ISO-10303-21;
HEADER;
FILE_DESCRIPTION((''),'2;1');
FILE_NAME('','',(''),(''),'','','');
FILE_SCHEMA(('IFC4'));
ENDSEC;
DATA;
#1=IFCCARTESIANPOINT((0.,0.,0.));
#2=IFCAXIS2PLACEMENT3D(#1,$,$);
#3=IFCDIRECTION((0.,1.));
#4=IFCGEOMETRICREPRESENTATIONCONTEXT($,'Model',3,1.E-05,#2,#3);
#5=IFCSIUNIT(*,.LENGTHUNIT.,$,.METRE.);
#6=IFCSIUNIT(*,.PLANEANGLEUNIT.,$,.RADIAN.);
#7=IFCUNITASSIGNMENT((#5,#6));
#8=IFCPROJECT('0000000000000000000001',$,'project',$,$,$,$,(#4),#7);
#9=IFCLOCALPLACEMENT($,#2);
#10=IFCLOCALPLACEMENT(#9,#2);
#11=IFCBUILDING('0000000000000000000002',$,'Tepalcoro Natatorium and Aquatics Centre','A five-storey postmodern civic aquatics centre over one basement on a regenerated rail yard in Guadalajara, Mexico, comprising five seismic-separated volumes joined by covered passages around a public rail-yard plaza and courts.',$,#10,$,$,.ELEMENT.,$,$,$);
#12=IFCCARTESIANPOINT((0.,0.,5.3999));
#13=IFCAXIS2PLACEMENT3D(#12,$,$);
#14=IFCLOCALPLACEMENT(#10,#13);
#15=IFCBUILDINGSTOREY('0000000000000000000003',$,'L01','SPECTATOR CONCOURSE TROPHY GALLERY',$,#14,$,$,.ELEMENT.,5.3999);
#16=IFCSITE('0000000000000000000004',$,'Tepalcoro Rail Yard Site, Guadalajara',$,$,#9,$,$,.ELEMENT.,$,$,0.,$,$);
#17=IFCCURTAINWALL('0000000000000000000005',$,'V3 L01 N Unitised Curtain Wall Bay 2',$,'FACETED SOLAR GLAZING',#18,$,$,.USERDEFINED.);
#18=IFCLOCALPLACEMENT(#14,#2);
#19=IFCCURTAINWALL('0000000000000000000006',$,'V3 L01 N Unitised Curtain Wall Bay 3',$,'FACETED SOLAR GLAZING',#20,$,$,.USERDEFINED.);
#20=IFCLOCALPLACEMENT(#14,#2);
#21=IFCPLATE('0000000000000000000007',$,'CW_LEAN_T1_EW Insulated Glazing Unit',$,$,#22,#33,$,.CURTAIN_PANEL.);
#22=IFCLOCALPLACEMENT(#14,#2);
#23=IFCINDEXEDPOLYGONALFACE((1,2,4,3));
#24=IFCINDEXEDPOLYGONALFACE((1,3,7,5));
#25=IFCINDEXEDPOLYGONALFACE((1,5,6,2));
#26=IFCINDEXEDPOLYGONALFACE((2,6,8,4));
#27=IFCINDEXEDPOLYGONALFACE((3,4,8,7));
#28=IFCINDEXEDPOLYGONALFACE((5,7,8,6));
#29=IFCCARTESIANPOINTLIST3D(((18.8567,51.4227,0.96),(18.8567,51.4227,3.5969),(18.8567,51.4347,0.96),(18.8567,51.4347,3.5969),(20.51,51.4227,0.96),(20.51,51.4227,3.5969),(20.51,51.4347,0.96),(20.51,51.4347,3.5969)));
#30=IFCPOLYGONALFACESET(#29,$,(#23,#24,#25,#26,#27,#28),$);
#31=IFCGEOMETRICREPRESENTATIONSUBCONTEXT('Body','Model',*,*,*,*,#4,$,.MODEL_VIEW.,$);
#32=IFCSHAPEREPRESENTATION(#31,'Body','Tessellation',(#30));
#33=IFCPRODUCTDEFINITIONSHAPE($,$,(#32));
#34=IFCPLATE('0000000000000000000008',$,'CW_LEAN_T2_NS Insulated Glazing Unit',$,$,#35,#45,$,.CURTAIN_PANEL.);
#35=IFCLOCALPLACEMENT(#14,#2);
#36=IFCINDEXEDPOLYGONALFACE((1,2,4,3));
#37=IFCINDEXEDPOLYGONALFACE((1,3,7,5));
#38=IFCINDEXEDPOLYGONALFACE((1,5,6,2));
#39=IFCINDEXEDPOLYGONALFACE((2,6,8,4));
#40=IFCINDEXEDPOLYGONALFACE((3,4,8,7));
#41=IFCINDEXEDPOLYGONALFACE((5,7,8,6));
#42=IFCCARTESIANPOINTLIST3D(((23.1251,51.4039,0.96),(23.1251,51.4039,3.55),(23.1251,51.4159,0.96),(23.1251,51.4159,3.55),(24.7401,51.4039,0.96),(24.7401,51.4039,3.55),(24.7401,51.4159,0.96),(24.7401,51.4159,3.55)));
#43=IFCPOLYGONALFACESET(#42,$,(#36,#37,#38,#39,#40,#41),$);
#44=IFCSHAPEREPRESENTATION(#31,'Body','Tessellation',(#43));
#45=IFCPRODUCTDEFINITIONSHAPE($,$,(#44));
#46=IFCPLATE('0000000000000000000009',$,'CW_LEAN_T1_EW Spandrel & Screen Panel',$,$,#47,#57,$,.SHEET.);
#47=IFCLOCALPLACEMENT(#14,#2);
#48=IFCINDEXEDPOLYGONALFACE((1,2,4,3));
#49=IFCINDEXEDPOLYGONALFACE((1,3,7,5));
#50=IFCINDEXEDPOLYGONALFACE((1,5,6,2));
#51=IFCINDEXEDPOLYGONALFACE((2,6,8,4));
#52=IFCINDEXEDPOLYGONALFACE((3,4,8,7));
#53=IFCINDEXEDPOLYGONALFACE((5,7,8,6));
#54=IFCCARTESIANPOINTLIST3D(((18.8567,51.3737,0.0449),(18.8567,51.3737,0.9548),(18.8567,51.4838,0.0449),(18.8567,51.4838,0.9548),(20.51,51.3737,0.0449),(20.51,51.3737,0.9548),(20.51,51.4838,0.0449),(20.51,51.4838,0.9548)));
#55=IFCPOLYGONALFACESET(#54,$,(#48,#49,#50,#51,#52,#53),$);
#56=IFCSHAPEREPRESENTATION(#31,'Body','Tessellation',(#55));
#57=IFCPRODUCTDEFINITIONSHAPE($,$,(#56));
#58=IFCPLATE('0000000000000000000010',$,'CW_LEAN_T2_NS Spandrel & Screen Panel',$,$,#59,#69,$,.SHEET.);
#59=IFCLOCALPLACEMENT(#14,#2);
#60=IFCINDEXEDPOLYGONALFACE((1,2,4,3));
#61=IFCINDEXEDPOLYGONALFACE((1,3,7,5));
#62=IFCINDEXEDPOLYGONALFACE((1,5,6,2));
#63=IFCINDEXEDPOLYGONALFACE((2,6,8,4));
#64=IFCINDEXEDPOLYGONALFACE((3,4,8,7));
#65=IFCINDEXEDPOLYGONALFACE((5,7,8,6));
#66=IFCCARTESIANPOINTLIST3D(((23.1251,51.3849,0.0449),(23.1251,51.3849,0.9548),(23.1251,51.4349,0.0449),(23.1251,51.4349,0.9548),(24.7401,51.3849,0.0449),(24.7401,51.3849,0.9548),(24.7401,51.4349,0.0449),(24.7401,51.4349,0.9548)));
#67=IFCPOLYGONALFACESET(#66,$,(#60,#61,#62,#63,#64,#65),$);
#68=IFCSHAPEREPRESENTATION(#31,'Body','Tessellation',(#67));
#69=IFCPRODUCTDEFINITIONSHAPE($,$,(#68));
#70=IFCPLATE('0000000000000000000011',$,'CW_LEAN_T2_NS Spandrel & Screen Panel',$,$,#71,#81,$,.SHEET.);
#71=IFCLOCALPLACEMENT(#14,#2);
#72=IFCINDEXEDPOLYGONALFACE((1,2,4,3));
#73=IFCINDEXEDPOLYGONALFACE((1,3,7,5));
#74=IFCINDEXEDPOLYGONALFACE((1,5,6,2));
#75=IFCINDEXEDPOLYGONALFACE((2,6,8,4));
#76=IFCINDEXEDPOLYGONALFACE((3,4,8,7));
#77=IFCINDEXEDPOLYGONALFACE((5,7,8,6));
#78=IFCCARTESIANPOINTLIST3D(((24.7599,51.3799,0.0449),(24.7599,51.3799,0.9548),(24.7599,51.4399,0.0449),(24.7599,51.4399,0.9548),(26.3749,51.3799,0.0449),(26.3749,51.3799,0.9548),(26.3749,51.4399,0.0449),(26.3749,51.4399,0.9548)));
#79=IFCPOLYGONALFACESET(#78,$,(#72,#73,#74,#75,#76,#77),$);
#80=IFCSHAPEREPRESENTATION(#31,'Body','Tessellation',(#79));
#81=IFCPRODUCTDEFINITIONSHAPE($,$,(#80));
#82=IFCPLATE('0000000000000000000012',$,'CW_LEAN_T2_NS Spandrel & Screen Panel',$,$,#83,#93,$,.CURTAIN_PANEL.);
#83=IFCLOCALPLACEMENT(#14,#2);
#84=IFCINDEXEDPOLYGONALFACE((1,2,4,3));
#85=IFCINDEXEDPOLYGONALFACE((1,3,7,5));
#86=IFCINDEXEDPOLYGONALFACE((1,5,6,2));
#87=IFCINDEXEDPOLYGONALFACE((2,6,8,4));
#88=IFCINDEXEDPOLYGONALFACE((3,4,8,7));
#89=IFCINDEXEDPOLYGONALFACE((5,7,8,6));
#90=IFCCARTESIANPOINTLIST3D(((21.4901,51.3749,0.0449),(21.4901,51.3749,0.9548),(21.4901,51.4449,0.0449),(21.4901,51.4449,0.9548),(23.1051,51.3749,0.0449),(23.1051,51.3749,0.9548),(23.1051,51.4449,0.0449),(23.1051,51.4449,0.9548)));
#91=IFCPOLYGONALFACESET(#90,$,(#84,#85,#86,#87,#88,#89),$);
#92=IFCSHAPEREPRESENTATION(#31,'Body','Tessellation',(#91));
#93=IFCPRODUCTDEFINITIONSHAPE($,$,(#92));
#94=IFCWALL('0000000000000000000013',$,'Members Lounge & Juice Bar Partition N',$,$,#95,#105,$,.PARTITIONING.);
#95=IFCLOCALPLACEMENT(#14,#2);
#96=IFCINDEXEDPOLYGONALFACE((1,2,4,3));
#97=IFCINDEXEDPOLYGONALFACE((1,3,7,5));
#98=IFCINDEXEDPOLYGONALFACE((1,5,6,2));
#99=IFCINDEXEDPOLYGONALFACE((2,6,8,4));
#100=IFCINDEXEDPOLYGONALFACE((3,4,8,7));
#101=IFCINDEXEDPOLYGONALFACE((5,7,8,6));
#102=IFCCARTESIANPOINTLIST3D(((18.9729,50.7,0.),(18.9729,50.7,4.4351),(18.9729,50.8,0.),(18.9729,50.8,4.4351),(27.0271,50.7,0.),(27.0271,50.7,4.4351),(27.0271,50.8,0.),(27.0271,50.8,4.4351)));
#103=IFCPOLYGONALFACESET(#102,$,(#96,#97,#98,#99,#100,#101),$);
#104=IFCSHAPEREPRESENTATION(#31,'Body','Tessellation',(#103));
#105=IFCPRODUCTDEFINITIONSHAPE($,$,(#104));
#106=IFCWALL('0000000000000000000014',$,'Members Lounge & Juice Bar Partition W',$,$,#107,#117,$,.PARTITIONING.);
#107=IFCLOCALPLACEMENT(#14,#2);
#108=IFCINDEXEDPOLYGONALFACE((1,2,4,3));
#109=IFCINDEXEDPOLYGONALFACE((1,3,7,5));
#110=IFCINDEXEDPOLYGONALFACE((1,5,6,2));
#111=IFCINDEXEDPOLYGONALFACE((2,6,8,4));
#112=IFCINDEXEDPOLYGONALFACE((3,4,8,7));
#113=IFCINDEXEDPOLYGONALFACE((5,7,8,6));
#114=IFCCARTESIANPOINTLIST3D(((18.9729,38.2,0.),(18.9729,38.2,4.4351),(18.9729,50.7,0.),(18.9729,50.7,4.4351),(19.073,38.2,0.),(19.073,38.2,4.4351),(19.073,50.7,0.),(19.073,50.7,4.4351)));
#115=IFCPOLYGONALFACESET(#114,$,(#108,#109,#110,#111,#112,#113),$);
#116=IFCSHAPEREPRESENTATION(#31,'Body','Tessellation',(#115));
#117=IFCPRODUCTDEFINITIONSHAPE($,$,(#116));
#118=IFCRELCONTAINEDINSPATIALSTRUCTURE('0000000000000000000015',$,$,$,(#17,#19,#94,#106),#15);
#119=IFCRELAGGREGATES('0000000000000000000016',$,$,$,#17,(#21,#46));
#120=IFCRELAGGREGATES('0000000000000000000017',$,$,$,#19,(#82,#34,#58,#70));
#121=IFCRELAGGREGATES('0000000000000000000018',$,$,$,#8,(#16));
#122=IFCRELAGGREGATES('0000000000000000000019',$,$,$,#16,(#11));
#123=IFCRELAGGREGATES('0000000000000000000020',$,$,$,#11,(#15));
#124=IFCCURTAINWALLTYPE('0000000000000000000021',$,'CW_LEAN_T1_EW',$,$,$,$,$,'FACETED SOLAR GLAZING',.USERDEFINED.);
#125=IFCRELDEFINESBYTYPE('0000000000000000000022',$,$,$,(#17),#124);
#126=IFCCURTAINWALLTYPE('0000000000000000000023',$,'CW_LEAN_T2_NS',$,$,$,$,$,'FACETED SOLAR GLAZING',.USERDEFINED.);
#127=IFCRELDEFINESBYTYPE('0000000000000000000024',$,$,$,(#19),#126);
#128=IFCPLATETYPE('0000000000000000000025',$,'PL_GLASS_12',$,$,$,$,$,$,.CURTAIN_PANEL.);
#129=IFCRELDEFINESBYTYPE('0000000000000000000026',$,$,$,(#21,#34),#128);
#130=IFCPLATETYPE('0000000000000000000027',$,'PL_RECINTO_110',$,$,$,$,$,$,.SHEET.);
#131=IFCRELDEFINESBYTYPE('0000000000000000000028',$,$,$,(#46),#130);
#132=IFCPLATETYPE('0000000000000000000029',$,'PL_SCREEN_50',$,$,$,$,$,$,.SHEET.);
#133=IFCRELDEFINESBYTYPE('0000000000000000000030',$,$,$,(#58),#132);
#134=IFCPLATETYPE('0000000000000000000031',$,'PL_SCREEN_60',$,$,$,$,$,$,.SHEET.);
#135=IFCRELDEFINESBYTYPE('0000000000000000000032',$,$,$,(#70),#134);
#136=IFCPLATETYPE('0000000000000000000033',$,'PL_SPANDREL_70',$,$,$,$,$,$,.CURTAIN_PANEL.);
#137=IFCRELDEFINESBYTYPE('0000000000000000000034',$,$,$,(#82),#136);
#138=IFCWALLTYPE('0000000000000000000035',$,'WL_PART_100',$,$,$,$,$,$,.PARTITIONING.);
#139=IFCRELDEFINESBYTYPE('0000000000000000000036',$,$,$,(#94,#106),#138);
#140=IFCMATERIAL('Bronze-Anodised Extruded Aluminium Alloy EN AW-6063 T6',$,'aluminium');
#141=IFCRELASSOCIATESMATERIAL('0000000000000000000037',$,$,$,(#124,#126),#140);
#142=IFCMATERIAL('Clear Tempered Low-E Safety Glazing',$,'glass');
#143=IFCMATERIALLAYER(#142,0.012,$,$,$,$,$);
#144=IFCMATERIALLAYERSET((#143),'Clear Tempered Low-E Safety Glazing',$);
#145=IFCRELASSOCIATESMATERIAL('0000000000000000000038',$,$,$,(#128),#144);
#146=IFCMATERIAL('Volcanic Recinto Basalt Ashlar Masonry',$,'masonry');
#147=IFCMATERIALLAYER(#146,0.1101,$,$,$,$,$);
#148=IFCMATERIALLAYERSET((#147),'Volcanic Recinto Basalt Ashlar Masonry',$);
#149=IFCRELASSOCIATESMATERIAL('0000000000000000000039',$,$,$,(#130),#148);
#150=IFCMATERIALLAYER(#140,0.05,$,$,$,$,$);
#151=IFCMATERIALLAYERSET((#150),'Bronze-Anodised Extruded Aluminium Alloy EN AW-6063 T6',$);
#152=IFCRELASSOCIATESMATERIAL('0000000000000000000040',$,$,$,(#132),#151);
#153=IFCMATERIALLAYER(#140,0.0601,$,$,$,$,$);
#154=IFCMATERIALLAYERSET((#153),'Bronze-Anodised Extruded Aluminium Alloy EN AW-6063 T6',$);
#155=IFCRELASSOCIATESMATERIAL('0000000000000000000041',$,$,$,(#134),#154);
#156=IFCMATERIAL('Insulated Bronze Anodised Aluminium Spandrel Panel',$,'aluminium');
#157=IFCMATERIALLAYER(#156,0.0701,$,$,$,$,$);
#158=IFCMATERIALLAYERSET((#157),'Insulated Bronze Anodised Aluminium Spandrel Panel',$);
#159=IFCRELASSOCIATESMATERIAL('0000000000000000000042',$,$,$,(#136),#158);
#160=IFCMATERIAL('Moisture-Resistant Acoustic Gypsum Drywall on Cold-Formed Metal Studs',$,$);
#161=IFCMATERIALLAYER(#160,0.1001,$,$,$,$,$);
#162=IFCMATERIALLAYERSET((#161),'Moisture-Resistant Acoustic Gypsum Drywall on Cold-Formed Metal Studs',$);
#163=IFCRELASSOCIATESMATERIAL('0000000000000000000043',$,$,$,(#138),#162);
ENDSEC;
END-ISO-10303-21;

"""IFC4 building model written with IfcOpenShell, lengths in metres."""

from ifc_helpers import new_model, si_unit, direction, frame, frame_2d, origin, origin_2d, place, context, subcontext, project, spatial, rectangle, extrude, material, layer, layer_set, type_object, element, aggregate, save


model = new_model("IFC4")

# Units and contexts
model_context = context("Model", 3, precision=1e-05, world=origin(), true_north=direction((0.0, 1.0)))
body_context = subcontext(model_context, "Body", "Model", "MODEL_VIEW")
ifc_project = project(units=[si_unit("LENGTHUNIT", "METRE"), si_unit("PLANEANGLEUNIT", "RADIAN")], contexts=[model_context])

# Site, building, storey
site_placement = place(None, origin())
site = spatial("IfcSite", under=ifc_project, at=site_placement, Name="Tepalcoro Rail Yard Site, Guadalajara", CompositionType="ELEMENT", RefElevation=0.0)
building_placement = place(site_placement, origin())
building = spatial("IfcBuilding", under=site, at=building_placement, Name="Tepalcoro Natatorium and Aquatics Centre", Description="A five-storey postmodern civic aquatics centre over one basement on a regenerated rail yard in Guadalajara, Mexico, comprising five seismic-separated volumes joined by covered passages around a public rail-yard plaza and courts.", CompositionType="ELEMENT")
storey_placement = place(building_placement, frame((0.0, 0.0, 5.3999)))
storey = spatial("IfcBuildingStorey", under=building, at=storey_placement, Name="L01", Description="SPECTATOR CONCOURSE TROPHY GALLERY", CompositionType="ELEMENT", Elevation=5.3999)

# Curtain wall
ifc_material_1 = material(Name="Bronze-Anodised Extruded Aluminium Alloy EN AW-6063 T6", Category="aluminium")
curtain_wall_type_1 = type_object("IfcCurtainWallType", Name="CW_LEAN_T1_EW", ElementType="FACETED SOLAR GLAZING", PredefinedType="USERDEFINED", material=ifc_material_1)
curtain_wall_1_placement = place(storey_placement, origin())
curtain_wall_1 = element("IfcCurtainWall", 1, at=curtain_wall_1_placement, inside=storey, type_object=curtain_wall_type_1, Name="V3 L01 N Unitised Curtain Wall Bay 2", ObjectType="FACETED SOLAR GLAZING", PredefinedType="USERDEFINED")

# Curtain wall
curtain_wall_type_2 = type_object("IfcCurtainWallType", Name="CW_LEAN_T2_NS", ElementType="FACETED SOLAR GLAZING", PredefinedType="USERDEFINED", material=ifc_material_1)
curtain_wall_2_placement = place(storey_placement, origin())
curtain_wall_2 = element("IfcCurtainWall", 2, at=curtain_wall_2_placement, inside=storey, type_object=curtain_wall_type_2, Name="V3 L01 N Unitised Curtain Wall Bay 3", ObjectType="FACETED SOLAR GLAZING", PredefinedType="USERDEFINED")

# Plates
ifc_material_2 = material(Name="Clear Tempered Low-E Safety Glazing", Category="glass")
ifc_layer_1 = layer(ifc_material_2, 0.012)
ifc_layer_set_1 = layer_set([ifc_layer_1], Name="Clear Tempered Low-E Safety Glazing")
plate_type_1 = type_object("IfcPlateType", Name="PL_GLASS_12", PredefinedType="CURTAIN_PANEL", material=ifc_layer_set_1)
plate_1_placement = place(storey_placement, frame((19.6833, 51.4287, 0.96), z_axis=(0.0, 0.0, 1.0), x_axis=(1.0, 0.0, 0.0)))
plate_1 = element("IfcPlate", 3, at=plate_1_placement, type_object=plate_type_1, Name="CW_LEAN_T1_EW Insulated Glazing Unit", PredefinedType="CURTAIN_PANEL", context=body_context, shape_type="SweptSolid", body=[
    extrude(rectangle(XDim=1.6533, YDim=0.012, at=origin_2d()), origin(), (0.0, 0.0, 1.0), 2.637),
])
plate_2_placement = place(storey_placement, frame((23.9326, 51.4099, 0.96), z_axis=(0.0, 0.0, 1.0), x_axis=(1.0, 0.0, 0.0)))
plate_2 = element("IfcPlate", 4, at=plate_2_placement, type_object=plate_type_1, Name="CW_LEAN_T2_NS Insulated Glazing Unit", PredefinedType="CURTAIN_PANEL", context=body_context, shape_type="SweptSolid", body=[
    extrude(rectangle(XDim=1.615, YDim=0.012, at=origin_2d()), origin(), (0.0, 0.0, 1.0), 2.5901),
])
ifc_material_3 = material(Name="Volcanic Recinto Basalt Ashlar Masonry", Category="masonry")
ifc_layer_2 = layer(ifc_material_3, 0.1101)
ifc_layer_set_2 = layer_set([ifc_layer_2], Name="Volcanic Recinto Basalt Ashlar Masonry")
plate_type_2 = type_object("IfcPlateType", Name="PL_RECINTO_110", PredefinedType="SHEET", material=ifc_layer_set_2)
plate_3_placement = place(storey_placement, frame((19.6833, 51.4287, 0.0449), z_axis=(0.0, 0.0, 1.0), x_axis=(1.0, 0.0, 0.0)))
plate_3 = element("IfcPlate", 5, at=plate_3_placement, type_object=plate_type_2, Name="CW_LEAN_T1_EW Spandrel & Screen Panel", PredefinedType="SHEET", context=body_context, shape_type="SweptSolid", body=[
    extrude(rectangle(XDim=1.6533, YDim=0.1101, at=origin_2d()), origin(), (0.0, 0.0, 1.0), 0.9099),
])
aggregate(curtain_wall_1, [plate_1, plate_3])
ifc_layer_3 = layer(ifc_material_1, 0.05)
ifc_layer_set_3 = layer_set([ifc_layer_3], Name="Bronze-Anodised Extruded Aluminium Alloy EN AW-6063 T6")
plate_type_3 = type_object("IfcPlateType", Name="PL_SCREEN_50", PredefinedType="SHEET", material=ifc_layer_set_3)
plate_4_placement = place(storey_placement, frame((23.9326, 51.4099, 0.0449), z_axis=(0.0, 0.0, 1.0), x_axis=(1.0, 0.0, 0.0)))
plate_4 = element("IfcPlate", 6, at=plate_4_placement, type_object=plate_type_3, Name="CW_LEAN_T2_NS Spandrel & Screen Panel", PredefinedType="SHEET", context=body_context, shape_type="SweptSolid", body=[
    extrude(rectangle(XDim=1.615, YDim=0.05, at=origin_2d()), origin(), (0.0, 0.0, 1.0), 0.9099),
])
ifc_layer_4 = layer(ifc_material_1, 0.0601)
ifc_layer_set_4 = layer_set([ifc_layer_4], Name="Bronze-Anodised Extruded Aluminium Alloy EN AW-6063 T6")
plate_type_4 = type_object("IfcPlateType", Name="PL_SCREEN_60", PredefinedType="SHEET", material=ifc_layer_set_4)
plate_5_placement = place(storey_placement, frame((25.5674, 51.4099, 0.0449), z_axis=(0.0, 0.0, 1.0), x_axis=(1.0, 0.0, 0.0)))
plate_5 = element("IfcPlate", 7, at=plate_5_placement, type_object=plate_type_4, Name="CW_LEAN_T2_NS Spandrel & Screen Panel", PredefinedType="SHEET", context=body_context, shape_type="SweptSolid", body=[
    extrude(rectangle(XDim=1.615, YDim=0.0601, at=origin_2d()), origin(), (0.0, 0.0, 1.0), 0.9099),
])
ifc_material_4 = material(Name="Insulated Bronze Anodised Aluminium Spandrel Panel", Category="aluminium")
ifc_layer_5 = layer(ifc_material_4, 0.0701)
ifc_layer_set_5 = layer_set([ifc_layer_5], Name="Insulated Bronze Anodised Aluminium Spandrel Panel")
plate_type_5 = type_object("IfcPlateType", Name="PL_SPANDREL_70", PredefinedType="CURTAIN_PANEL", material=ifc_layer_set_5)
plate_6_placement = place(storey_placement, frame((22.2976, 51.4099, 0.0449), z_axis=(0.0, 0.0, 1.0), x_axis=(1.0, 0.0, 0.0)))
plate_6 = element("IfcPlate", 8, at=plate_6_placement, type_object=plate_type_5, Name="CW_LEAN_T2_NS Spandrel & Screen Panel", PredefinedType="CURTAIN_PANEL", context=body_context, shape_type="SweptSolid", body=[
    extrude(rectangle(XDim=1.615, YDim=0.0701, at=origin_2d()), origin(), (0.0, 0.0, 1.0), 0.9099),
])
aggregate(curtain_wall_2, [plate_6, plate_2, plate_4, plate_5])

# Walls
ifc_material_5 = material(Name="Moisture-Resistant Acoustic Gypsum Drywall on Cold-Formed Metal Studs")
ifc_layer_6 = layer(ifc_material_5, 0.1001)
ifc_layer_set_6 = layer_set([ifc_layer_6], Name="Moisture-Resistant Acoustic Gypsum Drywall on Cold-Formed Metal Studs")
wall_type = type_object("IfcWallType", Name="WL_PART_100", PredefinedType="PARTITIONING", material=ifc_layer_set_6)
wall_1_placement = place(storey_placement, frame((18.9729, 50.75, 0.0), z_axis=(0.0, 0.0, 1.0), x_axis=(1.0, 0.0, 0.0)))
element("IfcWall", 9, at=wall_1_placement, inside=storey, type_object=wall_type, Name="Members Lounge & Juice Bar Partition N", PredefinedType="PARTITIONING", context=body_context, shape_type="SweptSolid", body=[
    extrude(rectangle(XDim=8.0542, YDim=0.1001, at=frame_2d((4.0271, 0.0))), origin(), (0.0, 0.0, 1.0), 4.4351),
])
wall_2_placement = place(storey_placement, frame((19.0229, 38.2, 0.0), z_axis=(0.0, 0.0, 1.0), x_axis=(0.0, 1.0, 0.0)))
element("IfcWall", 10, at=wall_2_placement, inside=storey, type_object=wall_type, Name="Members Lounge & Juice Bar Partition W", PredefinedType="PARTITIONING", context=body_context, shape_type="SweptSolid", body=[
    extrude(rectangle(XDim=12.5, YDim=0.1001, at=frame_2d((6.25, 0.0))), origin(), (0.0, 0.0, 1.0), 4.4351),
])

save(model, "model.ifc")
